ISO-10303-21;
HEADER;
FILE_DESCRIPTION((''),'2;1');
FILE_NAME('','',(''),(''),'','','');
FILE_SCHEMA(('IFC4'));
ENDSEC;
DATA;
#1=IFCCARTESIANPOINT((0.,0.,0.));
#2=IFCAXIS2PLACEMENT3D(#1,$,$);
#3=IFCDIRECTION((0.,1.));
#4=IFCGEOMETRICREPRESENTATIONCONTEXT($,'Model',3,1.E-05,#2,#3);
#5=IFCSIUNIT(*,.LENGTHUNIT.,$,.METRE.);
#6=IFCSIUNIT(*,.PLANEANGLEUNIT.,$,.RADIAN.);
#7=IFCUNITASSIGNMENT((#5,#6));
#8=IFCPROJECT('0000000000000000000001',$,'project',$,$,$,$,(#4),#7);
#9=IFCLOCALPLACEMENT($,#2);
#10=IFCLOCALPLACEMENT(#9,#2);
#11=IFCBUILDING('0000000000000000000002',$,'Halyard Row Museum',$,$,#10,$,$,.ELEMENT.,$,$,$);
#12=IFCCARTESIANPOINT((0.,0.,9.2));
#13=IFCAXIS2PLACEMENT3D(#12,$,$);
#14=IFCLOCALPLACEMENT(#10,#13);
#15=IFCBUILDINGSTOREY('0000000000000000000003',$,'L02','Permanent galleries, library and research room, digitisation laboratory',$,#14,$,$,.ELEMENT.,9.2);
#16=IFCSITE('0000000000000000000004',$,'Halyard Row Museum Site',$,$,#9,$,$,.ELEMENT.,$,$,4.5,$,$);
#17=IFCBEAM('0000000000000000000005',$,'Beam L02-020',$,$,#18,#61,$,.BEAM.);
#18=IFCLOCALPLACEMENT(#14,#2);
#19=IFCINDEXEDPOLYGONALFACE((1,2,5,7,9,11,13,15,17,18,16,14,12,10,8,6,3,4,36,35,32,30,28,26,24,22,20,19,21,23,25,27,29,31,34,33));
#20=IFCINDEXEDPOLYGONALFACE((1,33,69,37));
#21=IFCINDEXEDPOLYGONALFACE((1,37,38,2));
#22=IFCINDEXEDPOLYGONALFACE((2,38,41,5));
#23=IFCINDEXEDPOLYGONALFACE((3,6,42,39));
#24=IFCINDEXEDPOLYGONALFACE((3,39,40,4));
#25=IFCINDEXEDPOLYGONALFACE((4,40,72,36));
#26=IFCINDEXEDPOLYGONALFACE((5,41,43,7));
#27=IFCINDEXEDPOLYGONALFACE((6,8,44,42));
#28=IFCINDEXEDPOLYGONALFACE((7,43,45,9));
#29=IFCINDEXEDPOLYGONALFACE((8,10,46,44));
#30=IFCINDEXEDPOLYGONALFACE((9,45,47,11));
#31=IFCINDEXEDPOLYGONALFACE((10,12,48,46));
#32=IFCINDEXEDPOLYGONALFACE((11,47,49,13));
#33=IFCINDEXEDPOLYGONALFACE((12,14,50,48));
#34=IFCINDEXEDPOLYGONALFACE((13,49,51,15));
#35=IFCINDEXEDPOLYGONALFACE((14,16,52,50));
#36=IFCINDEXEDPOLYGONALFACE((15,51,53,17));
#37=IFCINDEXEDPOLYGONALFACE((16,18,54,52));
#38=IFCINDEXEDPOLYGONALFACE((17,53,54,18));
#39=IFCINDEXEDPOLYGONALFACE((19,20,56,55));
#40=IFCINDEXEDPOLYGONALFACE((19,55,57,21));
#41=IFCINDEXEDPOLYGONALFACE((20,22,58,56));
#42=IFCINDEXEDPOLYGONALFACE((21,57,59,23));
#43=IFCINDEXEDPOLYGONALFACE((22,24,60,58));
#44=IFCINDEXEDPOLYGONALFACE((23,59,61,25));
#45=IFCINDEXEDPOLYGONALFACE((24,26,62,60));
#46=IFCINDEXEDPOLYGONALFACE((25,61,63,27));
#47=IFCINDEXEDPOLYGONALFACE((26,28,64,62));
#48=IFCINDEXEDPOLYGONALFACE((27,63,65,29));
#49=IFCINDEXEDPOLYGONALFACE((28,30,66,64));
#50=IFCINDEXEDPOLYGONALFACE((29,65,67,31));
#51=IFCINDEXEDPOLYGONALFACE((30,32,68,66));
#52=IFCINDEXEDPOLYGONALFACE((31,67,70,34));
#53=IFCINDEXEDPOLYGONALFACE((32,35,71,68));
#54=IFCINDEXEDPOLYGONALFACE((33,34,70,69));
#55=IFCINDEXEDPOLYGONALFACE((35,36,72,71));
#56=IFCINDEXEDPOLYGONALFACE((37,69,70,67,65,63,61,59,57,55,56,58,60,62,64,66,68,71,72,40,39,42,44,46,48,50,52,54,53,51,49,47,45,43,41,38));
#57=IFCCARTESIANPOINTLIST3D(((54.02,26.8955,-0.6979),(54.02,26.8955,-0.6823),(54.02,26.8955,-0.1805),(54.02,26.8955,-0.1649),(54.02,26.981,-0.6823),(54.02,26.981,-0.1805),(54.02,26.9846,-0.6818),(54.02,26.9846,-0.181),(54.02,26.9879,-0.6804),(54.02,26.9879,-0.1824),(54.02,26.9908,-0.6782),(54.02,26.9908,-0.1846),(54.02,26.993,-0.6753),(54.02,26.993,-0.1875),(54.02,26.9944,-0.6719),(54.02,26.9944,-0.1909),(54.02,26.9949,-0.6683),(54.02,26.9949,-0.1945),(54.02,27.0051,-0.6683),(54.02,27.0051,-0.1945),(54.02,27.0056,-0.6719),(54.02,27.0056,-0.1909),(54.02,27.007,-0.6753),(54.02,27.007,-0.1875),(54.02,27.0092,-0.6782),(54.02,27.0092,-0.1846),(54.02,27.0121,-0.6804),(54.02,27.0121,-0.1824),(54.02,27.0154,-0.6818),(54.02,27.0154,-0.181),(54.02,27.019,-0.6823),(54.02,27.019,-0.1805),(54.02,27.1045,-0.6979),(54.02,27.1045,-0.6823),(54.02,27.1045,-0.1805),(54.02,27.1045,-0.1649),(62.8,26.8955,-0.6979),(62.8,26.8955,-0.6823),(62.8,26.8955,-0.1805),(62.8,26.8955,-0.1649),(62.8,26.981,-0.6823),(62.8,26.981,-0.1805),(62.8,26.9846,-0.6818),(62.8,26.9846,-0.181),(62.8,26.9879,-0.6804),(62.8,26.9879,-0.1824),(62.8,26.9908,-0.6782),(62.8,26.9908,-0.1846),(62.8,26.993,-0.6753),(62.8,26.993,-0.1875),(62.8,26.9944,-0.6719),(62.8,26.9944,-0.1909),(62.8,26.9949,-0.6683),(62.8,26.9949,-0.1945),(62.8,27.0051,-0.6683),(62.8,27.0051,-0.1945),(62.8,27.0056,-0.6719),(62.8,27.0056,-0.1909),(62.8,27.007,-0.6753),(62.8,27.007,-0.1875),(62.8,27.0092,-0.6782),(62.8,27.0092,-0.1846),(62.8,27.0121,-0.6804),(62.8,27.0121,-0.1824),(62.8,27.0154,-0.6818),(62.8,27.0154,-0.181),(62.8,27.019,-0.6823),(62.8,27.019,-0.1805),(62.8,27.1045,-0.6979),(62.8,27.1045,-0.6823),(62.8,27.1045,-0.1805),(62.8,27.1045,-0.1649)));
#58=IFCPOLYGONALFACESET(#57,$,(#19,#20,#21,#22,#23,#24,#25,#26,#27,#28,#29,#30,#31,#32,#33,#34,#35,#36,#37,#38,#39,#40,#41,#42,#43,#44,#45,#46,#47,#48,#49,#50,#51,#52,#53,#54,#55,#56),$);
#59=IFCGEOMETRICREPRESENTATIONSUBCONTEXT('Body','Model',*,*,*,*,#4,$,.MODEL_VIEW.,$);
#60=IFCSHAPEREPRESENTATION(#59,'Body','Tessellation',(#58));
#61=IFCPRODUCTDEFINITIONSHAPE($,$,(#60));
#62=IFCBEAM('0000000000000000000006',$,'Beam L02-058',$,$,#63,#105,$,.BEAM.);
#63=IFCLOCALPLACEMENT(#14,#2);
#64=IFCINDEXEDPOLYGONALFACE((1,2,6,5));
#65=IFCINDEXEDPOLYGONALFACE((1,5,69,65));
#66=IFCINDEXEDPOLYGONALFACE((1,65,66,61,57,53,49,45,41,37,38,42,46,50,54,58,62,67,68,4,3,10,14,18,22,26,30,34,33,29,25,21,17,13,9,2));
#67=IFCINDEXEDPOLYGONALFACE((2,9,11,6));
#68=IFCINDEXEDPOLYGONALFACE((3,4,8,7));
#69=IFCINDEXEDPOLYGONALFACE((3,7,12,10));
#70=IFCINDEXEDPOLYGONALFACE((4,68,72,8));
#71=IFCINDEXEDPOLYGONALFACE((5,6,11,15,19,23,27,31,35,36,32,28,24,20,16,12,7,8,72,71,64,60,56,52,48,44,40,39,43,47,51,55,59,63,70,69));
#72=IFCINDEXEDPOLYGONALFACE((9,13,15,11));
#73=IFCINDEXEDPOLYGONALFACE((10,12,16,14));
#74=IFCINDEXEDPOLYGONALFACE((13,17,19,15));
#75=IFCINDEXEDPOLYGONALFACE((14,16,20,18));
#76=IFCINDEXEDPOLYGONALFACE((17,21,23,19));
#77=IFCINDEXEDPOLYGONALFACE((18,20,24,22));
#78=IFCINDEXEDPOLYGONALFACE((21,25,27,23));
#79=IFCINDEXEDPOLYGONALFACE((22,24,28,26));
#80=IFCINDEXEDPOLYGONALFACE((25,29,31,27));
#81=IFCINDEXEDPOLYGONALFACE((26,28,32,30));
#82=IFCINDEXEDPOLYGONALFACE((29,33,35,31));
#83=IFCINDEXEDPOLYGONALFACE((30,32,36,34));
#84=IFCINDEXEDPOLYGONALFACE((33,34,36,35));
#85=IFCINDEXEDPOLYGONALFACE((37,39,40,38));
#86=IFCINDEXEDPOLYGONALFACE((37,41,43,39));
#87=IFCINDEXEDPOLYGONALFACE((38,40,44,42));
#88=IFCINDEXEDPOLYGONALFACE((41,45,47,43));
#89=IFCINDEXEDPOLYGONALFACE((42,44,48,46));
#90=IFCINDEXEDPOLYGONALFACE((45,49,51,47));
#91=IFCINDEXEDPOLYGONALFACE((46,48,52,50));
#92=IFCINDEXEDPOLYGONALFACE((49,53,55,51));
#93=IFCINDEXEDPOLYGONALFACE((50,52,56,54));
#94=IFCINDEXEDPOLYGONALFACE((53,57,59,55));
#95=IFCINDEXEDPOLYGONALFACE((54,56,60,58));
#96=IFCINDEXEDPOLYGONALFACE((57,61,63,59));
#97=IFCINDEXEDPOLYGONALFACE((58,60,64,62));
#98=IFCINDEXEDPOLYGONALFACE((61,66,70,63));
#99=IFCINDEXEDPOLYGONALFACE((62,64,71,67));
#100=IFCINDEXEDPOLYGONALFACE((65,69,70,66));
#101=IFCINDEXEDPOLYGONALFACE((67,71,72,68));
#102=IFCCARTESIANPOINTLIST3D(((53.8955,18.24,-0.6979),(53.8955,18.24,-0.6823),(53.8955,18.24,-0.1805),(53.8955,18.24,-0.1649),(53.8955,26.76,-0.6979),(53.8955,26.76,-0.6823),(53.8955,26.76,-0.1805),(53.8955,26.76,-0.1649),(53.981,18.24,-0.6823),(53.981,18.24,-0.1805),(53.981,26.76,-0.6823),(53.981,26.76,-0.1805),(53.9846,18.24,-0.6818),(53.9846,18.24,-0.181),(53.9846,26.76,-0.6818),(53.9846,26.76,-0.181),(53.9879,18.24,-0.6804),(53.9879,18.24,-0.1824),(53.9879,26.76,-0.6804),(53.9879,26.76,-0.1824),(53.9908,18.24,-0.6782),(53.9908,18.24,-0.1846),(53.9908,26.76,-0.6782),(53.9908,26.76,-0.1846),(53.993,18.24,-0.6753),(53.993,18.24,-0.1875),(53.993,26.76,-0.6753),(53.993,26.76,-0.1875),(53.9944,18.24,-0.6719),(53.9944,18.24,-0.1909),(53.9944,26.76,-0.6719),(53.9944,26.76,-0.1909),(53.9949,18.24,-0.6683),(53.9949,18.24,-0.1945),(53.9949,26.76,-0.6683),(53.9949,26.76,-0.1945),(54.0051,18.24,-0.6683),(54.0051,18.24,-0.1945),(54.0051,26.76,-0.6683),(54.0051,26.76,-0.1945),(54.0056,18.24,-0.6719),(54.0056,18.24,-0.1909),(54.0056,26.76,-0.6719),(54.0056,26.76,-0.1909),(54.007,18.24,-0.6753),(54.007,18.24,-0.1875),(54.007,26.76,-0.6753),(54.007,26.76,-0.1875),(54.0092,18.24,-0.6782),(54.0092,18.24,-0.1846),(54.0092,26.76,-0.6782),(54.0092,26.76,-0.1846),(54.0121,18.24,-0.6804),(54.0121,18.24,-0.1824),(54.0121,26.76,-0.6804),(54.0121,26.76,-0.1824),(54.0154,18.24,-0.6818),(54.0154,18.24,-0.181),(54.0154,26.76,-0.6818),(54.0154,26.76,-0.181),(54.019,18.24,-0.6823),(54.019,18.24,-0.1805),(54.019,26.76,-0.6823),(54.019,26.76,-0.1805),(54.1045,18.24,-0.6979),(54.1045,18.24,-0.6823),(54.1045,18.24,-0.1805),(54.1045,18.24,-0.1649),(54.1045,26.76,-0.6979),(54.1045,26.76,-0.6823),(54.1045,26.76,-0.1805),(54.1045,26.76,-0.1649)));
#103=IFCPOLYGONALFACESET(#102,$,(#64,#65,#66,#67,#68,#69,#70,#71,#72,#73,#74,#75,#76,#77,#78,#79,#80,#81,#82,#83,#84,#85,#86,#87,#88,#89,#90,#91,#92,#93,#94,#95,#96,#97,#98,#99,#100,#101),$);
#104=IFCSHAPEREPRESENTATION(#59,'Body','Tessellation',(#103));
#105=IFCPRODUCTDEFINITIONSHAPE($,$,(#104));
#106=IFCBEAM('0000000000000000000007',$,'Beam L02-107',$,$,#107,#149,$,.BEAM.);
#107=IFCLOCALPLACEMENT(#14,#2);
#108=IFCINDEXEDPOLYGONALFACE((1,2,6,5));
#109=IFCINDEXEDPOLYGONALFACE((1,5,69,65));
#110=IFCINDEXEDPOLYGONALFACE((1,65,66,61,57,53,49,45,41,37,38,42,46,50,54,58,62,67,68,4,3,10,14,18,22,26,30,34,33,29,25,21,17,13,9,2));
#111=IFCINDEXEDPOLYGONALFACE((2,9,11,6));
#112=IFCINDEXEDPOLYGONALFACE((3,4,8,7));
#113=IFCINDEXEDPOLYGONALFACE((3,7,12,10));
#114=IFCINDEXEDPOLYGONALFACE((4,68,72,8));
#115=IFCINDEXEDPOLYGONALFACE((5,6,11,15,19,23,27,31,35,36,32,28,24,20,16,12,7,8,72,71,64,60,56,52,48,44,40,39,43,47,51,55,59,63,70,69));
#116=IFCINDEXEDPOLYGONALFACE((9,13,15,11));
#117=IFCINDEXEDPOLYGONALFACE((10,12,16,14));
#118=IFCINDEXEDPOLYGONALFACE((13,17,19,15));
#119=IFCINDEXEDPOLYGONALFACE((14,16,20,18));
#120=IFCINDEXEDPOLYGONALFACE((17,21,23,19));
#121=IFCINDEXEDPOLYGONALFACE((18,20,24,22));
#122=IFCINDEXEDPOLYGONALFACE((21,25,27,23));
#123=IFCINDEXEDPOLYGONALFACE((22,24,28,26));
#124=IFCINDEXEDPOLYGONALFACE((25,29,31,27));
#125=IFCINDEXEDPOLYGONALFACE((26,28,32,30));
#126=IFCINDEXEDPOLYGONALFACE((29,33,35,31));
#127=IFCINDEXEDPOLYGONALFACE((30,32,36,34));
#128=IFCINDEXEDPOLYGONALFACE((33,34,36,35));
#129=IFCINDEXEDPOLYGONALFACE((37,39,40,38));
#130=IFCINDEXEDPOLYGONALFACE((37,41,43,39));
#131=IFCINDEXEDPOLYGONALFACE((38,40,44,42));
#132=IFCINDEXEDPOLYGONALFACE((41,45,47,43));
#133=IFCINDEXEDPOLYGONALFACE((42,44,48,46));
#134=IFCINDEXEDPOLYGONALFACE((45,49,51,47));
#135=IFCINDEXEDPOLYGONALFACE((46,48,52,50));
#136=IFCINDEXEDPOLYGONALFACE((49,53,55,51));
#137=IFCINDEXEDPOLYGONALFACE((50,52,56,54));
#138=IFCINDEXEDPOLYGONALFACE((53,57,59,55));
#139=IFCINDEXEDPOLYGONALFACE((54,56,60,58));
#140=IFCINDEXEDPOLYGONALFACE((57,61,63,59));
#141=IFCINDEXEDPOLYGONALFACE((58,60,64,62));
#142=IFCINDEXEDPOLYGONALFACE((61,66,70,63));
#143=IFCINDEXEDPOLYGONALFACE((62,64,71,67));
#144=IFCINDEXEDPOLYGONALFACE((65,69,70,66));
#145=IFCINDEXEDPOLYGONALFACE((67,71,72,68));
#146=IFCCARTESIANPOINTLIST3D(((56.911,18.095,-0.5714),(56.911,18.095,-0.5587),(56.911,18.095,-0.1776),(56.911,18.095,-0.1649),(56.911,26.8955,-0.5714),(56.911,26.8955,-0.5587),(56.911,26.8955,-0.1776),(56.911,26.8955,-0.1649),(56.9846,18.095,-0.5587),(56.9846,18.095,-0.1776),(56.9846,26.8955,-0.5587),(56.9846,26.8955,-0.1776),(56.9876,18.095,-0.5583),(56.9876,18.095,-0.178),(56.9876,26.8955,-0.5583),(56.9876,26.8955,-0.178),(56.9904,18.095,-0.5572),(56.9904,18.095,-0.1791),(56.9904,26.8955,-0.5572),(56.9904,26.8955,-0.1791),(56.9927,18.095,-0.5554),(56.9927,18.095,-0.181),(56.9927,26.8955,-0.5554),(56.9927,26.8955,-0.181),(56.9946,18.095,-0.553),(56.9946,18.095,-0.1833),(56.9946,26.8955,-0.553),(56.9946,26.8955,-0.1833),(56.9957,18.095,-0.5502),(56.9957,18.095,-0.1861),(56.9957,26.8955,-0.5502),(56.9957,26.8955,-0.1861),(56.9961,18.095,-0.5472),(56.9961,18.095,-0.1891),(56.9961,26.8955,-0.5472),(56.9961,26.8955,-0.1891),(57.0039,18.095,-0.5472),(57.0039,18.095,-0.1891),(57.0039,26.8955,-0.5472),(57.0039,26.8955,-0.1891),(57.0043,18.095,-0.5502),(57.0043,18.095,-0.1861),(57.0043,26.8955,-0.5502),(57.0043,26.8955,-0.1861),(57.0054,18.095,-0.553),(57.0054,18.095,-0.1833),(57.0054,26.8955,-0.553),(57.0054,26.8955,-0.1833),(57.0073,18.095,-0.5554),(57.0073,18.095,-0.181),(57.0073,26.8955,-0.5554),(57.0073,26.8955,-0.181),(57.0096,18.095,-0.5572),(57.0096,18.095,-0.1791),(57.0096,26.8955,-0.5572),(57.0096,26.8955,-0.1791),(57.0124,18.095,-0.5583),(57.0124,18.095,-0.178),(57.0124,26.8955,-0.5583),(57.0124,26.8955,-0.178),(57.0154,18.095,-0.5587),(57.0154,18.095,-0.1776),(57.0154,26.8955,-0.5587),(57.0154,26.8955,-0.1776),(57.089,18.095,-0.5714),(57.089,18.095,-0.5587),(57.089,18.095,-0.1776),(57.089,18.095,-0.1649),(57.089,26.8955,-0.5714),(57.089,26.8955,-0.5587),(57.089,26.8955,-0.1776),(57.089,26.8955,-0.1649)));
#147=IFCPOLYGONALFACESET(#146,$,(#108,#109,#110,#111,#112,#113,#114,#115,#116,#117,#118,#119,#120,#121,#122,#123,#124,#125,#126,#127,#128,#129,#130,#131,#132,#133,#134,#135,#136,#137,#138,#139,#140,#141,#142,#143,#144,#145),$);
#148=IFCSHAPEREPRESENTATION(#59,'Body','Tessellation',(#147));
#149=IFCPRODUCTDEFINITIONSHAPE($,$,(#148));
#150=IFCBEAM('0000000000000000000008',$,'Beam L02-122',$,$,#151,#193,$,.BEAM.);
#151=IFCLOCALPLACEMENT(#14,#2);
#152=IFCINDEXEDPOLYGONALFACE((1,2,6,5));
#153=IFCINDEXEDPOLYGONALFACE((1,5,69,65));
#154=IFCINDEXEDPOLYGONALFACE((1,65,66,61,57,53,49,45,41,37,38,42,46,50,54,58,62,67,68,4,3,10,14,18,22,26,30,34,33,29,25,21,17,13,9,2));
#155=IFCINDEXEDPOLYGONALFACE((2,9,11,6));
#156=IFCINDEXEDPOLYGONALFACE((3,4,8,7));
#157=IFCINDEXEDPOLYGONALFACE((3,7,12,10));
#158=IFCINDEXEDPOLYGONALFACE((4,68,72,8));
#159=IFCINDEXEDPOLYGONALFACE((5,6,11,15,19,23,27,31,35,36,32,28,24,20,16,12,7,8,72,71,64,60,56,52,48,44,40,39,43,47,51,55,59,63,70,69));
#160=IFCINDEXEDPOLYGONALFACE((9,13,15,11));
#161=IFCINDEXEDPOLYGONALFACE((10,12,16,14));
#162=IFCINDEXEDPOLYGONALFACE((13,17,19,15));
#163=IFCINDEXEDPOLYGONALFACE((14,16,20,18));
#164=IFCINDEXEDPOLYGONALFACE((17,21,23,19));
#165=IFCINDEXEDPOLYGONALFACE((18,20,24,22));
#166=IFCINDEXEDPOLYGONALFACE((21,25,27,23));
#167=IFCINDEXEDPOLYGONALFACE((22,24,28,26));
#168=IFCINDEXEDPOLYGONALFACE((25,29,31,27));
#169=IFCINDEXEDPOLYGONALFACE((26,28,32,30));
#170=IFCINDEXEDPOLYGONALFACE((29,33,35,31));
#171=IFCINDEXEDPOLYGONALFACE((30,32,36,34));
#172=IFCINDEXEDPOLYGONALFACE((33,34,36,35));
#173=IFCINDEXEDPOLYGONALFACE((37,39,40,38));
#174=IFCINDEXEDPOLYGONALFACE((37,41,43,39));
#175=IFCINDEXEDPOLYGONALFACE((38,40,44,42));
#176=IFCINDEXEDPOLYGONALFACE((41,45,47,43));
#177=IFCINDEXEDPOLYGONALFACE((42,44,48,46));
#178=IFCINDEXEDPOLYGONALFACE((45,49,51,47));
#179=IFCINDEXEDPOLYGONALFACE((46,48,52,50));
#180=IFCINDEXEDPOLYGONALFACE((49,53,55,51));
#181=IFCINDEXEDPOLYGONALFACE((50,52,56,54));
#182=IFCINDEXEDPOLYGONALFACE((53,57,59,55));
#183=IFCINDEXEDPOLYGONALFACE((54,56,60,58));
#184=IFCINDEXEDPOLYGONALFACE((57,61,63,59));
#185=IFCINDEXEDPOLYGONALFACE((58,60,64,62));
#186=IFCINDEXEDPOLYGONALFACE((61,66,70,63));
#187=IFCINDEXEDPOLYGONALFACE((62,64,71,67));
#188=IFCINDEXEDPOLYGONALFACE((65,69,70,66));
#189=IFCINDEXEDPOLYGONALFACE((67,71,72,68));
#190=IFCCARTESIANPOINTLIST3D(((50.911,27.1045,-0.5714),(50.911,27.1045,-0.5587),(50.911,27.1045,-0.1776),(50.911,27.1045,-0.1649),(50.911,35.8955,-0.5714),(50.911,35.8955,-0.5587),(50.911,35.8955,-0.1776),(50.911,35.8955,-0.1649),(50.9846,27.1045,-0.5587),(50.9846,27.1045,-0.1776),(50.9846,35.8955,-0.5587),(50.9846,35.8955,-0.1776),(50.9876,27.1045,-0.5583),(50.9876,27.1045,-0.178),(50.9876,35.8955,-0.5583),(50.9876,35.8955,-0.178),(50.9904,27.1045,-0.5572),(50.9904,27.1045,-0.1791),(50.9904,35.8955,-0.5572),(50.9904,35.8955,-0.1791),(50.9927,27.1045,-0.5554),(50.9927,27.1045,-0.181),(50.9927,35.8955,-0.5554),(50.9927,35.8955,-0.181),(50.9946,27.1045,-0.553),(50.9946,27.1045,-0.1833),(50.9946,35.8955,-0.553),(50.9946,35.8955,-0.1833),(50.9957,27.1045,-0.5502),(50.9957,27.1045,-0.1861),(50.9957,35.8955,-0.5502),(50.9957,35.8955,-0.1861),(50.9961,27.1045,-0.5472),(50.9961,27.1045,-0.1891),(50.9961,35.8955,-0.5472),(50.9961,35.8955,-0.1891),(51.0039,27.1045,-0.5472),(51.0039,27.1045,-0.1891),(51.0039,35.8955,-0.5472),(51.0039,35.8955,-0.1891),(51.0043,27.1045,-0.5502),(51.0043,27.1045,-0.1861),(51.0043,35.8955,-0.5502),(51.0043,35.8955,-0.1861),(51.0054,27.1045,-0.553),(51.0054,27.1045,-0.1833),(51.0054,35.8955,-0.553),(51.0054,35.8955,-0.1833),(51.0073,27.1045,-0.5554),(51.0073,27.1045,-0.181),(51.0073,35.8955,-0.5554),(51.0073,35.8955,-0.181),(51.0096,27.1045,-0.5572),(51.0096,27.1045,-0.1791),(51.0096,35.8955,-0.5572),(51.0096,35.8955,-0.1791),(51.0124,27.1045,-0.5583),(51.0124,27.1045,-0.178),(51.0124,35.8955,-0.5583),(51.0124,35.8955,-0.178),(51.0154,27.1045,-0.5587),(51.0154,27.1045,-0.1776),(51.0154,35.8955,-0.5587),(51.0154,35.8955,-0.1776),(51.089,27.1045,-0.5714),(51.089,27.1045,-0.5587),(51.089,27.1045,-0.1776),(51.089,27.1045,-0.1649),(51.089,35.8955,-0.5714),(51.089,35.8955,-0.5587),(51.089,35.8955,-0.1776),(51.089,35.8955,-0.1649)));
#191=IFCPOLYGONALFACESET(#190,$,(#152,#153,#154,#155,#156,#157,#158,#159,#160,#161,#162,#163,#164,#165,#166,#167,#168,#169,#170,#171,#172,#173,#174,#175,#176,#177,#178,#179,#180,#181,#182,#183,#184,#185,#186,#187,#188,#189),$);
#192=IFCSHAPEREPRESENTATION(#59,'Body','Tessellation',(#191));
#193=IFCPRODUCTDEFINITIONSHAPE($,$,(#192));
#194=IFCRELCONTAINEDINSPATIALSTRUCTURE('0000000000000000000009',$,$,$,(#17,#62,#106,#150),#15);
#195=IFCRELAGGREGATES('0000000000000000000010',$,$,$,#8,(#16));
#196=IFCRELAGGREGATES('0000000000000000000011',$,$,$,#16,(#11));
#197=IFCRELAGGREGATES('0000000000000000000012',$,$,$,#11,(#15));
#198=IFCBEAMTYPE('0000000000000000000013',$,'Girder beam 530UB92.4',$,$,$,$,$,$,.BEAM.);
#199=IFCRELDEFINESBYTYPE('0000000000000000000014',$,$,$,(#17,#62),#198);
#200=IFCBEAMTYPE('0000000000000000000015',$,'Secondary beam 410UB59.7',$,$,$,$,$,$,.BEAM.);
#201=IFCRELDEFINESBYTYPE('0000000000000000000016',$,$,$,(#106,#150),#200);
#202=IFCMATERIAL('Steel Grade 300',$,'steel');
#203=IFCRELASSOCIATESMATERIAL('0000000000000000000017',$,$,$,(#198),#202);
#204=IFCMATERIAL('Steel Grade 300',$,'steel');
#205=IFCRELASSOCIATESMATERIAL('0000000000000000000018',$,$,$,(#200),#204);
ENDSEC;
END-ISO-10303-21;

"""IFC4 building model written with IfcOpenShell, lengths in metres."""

from ifc_helpers import new_model, si_unit, direction, frame, origin, origin_2d, place, context, subcontext, project, spatial, i_section, extrude, material, material_profile, profile_set, type_object, element, save


model = new_model("IFC4")

# Units and contexts
model_context = context("Model", 3, precision=1e-05, world=origin(), true_north=direction((0.0, 1.0)))
body_context = subcontext(model_context, "Body", "Model", "MODEL_VIEW")
ifc_project = project(units=[si_unit("LENGTHUNIT", "METRE"), si_unit("PLANEANGLEUNIT", "RADIAN")], contexts=[model_context])

# Site, building, storey
site_placement = place(None, origin())
site = spatial("IfcSite", under=ifc_project, at=site_placement, Name="Halyard Row Museum Site", CompositionType="ELEMENT", RefElevation=4.5)
building_placement = place(site_placement, origin())
building = spatial("IfcBuilding", under=site, at=building_placement, Name="Halyard Row Museum", CompositionType="ELEMENT")
storey_placement = place(building_placement, frame((0.0, 0.0, 9.2)))
storey = spatial("IfcBuildingStorey", under=building, at=storey_placement, Name="L02", Description="Permanent galleries, library and research room, digitisation laboratory", CompositionType="ELEMENT", Elevation=9.2)

# Beams
ifc_material_1 = material(Name="Steel Grade 300", Category="steel")
ifc_material_profile_1 = material_profile(ifc_material_1, i_section(OverallWidth=0.209, OverallDepth=0.533, WebThickness=0.0103, FlangeThickness=0.0156, FilletRadius=0.0139, at=origin_2d()), Name="530UB92.4")
ifc_profile_set_1 = profile_set([ifc_material_profile_1], Name="Steel Grade 300")
beam_type_1 = type_object("IfcBeamType", Name="Girder beam 530UB92.4", PredefinedType="BEAM", material=ifc_profile_set_1)
beam_1_placement = place(storey_placement, frame((54.02, 27.0, -0.4314), z_axis=(1.0, 0.0, 0.0), x_axis=(0.0, 1.0, 0.0)))
element("IfcBeam", 1, at=beam_1_placement, inside=storey, type_object=beam_type_1, Name="Beam L02-020", PredefinedType="BEAM", context=body_context, shape_type="SweptSolid", body=[
    extrude(i_section(OverallWidth=0.209, OverallDepth=0.533, WebThickness=0.0103, FlangeThickness=0.0156, FilletRadius=0.0139, at=origin_2d()), origin(), (0.0, 0.0, 1.0), 8.78),
])
beam_2_placement = place(storey_placement, frame((54.0, 18.24, -0.4314), z_axis=(0.0, 1.0, 0.0), x_axis=(-1.0, 0.0, 0.0)))
element("IfcBeam", 2, at=beam_2_placement, inside=storey, type_object=beam_type_1, Name="Beam L02-058", PredefinedType="BEAM", context=body_context, shape_type="SweptSolid", body=[
    extrude(i_section(OverallWidth=0.209, OverallDepth=0.533, WebThickness=0.0103, FlangeThickness=0.0156, FilletRadius=0.0139, at=origin_2d()), origin(), (0.0, 0.0, 1.0), 8.52),
])
ifc_material_2 = material(Name="Steel Grade 300", Category="steel")
ifc_material_profile_2 = material_profile(ifc_material_2, i_section(OverallWidth=0.178, OverallDepth=0.4065, WebThickness=0.0078, FlangeThickness=0.0127, FilletRadius=0.0115, at=origin_2d()), Name="410UB59.7")
ifc_profile_set_2 = profile_set([ifc_material_profile_2], Name="Steel Grade 300")
beam_type_2 = type_object("IfcBeamType", Name="Secondary beam 410UB59.7", PredefinedType="BEAM", material=ifc_profile_set_2)
beam_3_placement = place(storey_placement, frame((57.0, 18.095, -0.3682), z_axis=(0.0, 1.0, 0.0), x_axis=(-1.0, 0.0, 0.0)))
element("IfcBeam", 3, at=beam_3_placement, inside=storey, type_object=beam_type_2, Name="Beam L02-107", PredefinedType="BEAM", context=body_context, shape_type="SweptSolid", body=[
    extrude(i_section(OverallWidth=0.178, OverallDepth=0.4065, WebThickness=0.0078, FlangeThickness=0.0127, FilletRadius=0.0115, at=origin_2d()), origin(), (0.0, 0.0, 1.0), 8.8005),
])
for number, where, z_axis, x_axis, name in (
    (4, (51.0, 27.1045, -0.3682), (0.0, 1.0, 0.0), (-1.0, 0.0, 0.0), "Beam L02-122"),
):
    element("IfcBeam", number, at=place(storey_placement, frame(where, z_axis=z_axis, x_axis=x_axis)), inside=storey, type_object=beam_type_2, Name=name, PredefinedType="BEAM", context=body_context, shape_type="SweptSolid", body=[
        extrude(i_section(OverallWidth=0.178, OverallDepth=0.4065, WebThickness=0.0078, FlangeThickness=0.0127, FilletRadius=0.0115, at=origin_2d()), origin(), (0.0, 0.0, 1.0), 8.791),
    ])

save(model, "model.ifc")
